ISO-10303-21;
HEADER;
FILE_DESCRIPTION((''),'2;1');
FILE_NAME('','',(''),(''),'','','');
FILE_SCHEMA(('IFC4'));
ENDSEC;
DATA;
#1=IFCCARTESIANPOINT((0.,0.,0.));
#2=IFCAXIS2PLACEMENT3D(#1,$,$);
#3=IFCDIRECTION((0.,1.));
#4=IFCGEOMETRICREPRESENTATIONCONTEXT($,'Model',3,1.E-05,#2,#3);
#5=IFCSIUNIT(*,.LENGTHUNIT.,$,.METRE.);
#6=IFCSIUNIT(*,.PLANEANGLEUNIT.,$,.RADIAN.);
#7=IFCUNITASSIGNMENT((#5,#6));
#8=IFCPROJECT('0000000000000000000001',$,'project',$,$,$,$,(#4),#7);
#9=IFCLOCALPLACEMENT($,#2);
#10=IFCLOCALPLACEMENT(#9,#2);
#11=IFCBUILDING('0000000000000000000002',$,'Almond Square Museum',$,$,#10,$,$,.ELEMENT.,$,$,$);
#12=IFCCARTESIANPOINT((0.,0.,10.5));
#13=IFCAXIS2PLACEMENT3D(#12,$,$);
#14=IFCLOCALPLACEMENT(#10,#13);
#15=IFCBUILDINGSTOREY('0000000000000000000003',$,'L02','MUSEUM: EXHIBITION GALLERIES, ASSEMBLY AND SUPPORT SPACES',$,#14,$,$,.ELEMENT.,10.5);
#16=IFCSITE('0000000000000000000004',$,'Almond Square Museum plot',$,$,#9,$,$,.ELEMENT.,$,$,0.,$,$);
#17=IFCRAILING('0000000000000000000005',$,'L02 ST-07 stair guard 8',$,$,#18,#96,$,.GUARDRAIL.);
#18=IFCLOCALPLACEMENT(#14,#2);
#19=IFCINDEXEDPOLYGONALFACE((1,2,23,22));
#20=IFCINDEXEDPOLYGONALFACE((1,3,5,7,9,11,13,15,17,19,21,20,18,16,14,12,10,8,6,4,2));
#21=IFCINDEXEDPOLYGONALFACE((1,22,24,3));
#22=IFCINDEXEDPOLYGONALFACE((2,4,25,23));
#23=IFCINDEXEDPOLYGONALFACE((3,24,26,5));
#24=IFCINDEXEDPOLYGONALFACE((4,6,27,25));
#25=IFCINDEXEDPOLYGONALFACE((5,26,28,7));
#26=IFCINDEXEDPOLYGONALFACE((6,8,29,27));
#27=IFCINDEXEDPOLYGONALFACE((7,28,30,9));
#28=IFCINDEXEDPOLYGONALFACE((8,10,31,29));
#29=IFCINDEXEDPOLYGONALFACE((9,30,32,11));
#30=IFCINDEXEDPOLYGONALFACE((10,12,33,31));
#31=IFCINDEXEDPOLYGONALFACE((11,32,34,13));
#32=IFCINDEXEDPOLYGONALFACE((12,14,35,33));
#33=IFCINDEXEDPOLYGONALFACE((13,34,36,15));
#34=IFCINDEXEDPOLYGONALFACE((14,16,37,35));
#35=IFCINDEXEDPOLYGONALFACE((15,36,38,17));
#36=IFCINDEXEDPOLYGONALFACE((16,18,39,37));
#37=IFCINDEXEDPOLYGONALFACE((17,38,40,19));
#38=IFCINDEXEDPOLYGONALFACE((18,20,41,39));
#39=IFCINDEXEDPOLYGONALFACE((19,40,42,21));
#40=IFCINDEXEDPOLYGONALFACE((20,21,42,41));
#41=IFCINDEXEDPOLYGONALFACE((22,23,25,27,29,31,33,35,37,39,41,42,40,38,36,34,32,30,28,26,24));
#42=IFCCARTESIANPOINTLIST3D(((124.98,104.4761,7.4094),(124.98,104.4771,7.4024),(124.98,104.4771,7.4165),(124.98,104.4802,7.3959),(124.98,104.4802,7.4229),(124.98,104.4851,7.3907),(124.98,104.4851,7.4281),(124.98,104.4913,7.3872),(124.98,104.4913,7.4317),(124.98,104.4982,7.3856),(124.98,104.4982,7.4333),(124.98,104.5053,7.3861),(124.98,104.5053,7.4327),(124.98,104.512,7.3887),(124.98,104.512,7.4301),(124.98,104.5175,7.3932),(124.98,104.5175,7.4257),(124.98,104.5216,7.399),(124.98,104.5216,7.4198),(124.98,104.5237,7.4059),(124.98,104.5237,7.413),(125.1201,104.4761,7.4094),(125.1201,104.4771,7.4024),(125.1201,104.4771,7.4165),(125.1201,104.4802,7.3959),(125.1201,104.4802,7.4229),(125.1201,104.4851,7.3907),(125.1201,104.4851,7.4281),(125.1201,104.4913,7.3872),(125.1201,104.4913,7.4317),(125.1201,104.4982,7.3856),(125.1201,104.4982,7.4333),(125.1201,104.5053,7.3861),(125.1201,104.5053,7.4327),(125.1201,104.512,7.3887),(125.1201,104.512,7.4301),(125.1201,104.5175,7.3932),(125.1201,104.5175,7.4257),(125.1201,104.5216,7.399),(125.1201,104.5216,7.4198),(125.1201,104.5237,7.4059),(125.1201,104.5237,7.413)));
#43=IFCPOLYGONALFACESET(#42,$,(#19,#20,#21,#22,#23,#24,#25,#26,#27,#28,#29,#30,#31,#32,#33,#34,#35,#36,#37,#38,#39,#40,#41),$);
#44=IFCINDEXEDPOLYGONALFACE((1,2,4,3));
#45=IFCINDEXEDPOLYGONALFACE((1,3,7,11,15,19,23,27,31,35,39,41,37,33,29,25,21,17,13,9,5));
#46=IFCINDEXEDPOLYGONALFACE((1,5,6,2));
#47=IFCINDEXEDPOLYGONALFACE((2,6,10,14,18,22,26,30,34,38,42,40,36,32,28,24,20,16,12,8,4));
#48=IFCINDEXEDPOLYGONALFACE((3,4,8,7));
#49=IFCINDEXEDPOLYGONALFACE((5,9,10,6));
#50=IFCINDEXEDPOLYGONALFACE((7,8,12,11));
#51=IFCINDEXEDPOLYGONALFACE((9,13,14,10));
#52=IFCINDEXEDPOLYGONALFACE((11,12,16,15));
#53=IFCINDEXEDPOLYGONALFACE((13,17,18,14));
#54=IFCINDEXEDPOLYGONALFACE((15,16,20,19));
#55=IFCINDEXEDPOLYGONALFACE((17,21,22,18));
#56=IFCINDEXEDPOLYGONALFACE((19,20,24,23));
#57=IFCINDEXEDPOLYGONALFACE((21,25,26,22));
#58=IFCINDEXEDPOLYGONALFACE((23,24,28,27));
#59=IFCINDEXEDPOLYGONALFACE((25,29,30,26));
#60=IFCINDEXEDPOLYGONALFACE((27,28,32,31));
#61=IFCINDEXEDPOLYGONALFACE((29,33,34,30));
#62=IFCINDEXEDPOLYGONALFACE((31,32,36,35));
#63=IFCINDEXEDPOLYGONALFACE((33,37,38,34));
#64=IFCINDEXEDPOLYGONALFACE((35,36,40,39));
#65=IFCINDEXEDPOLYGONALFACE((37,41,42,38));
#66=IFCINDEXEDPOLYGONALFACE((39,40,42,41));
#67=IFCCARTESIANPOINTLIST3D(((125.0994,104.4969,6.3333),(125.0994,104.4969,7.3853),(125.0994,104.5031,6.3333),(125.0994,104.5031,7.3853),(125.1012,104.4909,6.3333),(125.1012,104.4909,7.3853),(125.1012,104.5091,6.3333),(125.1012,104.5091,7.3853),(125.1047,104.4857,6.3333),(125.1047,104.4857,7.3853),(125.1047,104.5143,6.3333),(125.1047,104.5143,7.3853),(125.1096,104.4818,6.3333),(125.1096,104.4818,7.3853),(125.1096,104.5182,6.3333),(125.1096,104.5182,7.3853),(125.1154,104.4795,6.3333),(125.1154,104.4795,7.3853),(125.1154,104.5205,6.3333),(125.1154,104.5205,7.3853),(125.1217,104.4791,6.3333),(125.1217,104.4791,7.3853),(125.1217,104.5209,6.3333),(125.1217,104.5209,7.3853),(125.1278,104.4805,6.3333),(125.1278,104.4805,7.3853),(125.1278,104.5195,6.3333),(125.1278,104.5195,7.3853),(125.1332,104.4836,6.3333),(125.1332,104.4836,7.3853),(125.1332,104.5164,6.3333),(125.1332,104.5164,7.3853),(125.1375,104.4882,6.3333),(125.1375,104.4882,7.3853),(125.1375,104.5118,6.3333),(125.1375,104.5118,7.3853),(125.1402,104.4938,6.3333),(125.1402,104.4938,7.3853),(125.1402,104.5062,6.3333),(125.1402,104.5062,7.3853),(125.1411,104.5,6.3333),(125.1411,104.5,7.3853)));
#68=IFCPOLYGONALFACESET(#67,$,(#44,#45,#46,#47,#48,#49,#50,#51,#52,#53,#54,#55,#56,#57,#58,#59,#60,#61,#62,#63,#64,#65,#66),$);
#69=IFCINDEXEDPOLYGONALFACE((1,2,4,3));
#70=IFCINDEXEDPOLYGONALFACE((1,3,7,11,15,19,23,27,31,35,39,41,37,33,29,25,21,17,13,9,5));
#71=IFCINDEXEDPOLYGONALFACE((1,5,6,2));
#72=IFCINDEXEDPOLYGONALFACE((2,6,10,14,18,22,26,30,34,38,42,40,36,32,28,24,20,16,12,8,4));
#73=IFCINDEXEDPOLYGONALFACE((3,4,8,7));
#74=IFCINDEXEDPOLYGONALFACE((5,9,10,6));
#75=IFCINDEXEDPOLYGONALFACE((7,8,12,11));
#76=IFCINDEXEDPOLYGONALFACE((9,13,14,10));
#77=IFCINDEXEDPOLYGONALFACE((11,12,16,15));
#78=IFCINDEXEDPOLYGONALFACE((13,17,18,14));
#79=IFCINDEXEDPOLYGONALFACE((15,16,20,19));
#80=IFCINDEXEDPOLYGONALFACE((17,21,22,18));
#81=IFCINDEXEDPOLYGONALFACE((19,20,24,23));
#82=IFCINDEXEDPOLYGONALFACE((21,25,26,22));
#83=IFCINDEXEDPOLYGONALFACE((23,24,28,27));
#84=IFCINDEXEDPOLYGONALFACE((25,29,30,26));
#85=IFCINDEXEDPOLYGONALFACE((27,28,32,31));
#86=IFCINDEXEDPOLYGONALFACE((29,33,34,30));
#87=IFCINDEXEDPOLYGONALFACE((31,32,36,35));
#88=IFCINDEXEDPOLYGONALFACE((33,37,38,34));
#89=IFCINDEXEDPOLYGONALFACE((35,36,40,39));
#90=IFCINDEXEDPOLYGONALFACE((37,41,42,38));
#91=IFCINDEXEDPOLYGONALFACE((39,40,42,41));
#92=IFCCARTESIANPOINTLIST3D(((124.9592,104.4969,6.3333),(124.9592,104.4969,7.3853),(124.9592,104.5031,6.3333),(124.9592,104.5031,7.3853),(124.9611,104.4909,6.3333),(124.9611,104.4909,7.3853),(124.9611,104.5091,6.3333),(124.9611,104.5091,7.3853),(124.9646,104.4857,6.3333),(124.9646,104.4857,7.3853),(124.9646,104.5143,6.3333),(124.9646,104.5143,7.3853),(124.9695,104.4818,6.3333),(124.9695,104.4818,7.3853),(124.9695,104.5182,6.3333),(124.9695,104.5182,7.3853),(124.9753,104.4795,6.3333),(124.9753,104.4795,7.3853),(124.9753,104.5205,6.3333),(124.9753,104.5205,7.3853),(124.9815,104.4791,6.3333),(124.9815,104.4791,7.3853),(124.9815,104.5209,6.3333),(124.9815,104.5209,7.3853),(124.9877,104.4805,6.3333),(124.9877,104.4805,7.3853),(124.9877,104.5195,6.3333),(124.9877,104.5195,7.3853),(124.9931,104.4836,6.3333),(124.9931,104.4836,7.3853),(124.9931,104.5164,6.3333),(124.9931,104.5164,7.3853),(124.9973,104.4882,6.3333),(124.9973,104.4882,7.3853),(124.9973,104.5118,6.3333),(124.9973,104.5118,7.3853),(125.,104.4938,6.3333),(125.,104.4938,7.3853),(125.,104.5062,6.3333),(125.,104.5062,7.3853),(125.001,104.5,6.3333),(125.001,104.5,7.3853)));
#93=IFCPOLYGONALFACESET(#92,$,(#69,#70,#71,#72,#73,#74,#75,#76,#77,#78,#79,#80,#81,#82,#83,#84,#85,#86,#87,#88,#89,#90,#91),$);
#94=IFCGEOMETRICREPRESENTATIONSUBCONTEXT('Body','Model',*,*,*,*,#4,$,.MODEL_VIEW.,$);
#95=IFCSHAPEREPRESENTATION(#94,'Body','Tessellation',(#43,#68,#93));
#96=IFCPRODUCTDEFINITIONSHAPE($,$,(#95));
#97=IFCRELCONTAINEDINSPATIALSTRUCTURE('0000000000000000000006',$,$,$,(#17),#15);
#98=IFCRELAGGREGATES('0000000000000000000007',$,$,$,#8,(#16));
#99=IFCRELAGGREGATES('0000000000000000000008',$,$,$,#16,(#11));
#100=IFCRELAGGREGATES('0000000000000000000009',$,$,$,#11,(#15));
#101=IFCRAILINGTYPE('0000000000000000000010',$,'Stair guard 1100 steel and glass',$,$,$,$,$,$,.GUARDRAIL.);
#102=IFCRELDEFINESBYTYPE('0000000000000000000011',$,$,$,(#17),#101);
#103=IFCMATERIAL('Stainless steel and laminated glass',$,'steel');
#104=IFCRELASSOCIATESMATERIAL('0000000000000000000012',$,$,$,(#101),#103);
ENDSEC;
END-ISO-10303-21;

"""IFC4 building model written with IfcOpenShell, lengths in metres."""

from ifc_helpers import new_model, si_unit, direction, frame, origin, origin_2d, place, context, subcontext, project, spatial, circle, extrude, material, type_object, element, save


model = new_model("IFC4")

# Units and contexts
model_context = context("Model", 3, precision=1e-05, world=origin(), true_north=direction((0.0, 1.0)))
body_context = subcontext(model_context, "Body", "Model", "MODEL_VIEW")
ifc_project = project(units=[si_unit("LENGTHUNIT", "METRE"), si_unit("PLANEANGLEUNIT", "RADIAN")], contexts=[model_context])

# Site, building, storey
site_placement = place(None, origin())
site = spatial("IfcSite", under=ifc_project, at=site_placement, Name="Almond Square Museum plot", CompositionType="ELEMENT", RefElevation=0.0)
building_placement = place(site_placement, origin())
building = spatial("IfcBuilding", under=site, at=building_placement, Name="Almond Square Museum", CompositionType="ELEMENT")
storey_placement = place(building_placement, frame((0.0, 0.0, 10.5)))
storey = spatial("IfcBuildingStorey", under=building, at=storey_placement, Name="L02", Description="MUSEUM: EXHIBITION GALLERIES, ASSEMBLY AND SUPPORT SPACES", CompositionType="ELEMENT", Elevation=10.5)

# Railing
ifc_material_1 = material(Name="Stainless steel and laminated glass", Category="steel")
railing_type_1 = type_object("IfcRailingType", Name="Stair guard 1100 steel and glass", PredefinedType="GUARDRAIL", material=ifc_material_1)
railing_1_placement = place(storey_placement, frame((125.1201, 104.5, 6.3333)))
element("IfcRailing", 1, at=railing_1_placement, inside=storey, type_object=railing_type_1, Name="L02 ST-07 stair guard 8", PredefinedType="GUARDRAIL", context=body_context, shape_type="SweptSolid", body=[
    extrude(circle(Radius=0.0239, at=origin_2d()), frame((0.0, 0.0, 1.0762), z_axis=(-1.0, 0.0, 0.0), x_axis=(0.0, -1.0, 0.0)), (0.0, 0.0, 1.0), 0.1401),
    extrude(circle(Radius=0.021, at=origin_2d()), origin(), (0.0, 0.0, 1.0), 1.052),
    extrude(circle(Radius=0.021, at=origin_2d()), frame((-0.1401, 0.0, 0.0)), (0.0, 0.0, 1.0), 1.052),
])

save(model, "model.ifc")
